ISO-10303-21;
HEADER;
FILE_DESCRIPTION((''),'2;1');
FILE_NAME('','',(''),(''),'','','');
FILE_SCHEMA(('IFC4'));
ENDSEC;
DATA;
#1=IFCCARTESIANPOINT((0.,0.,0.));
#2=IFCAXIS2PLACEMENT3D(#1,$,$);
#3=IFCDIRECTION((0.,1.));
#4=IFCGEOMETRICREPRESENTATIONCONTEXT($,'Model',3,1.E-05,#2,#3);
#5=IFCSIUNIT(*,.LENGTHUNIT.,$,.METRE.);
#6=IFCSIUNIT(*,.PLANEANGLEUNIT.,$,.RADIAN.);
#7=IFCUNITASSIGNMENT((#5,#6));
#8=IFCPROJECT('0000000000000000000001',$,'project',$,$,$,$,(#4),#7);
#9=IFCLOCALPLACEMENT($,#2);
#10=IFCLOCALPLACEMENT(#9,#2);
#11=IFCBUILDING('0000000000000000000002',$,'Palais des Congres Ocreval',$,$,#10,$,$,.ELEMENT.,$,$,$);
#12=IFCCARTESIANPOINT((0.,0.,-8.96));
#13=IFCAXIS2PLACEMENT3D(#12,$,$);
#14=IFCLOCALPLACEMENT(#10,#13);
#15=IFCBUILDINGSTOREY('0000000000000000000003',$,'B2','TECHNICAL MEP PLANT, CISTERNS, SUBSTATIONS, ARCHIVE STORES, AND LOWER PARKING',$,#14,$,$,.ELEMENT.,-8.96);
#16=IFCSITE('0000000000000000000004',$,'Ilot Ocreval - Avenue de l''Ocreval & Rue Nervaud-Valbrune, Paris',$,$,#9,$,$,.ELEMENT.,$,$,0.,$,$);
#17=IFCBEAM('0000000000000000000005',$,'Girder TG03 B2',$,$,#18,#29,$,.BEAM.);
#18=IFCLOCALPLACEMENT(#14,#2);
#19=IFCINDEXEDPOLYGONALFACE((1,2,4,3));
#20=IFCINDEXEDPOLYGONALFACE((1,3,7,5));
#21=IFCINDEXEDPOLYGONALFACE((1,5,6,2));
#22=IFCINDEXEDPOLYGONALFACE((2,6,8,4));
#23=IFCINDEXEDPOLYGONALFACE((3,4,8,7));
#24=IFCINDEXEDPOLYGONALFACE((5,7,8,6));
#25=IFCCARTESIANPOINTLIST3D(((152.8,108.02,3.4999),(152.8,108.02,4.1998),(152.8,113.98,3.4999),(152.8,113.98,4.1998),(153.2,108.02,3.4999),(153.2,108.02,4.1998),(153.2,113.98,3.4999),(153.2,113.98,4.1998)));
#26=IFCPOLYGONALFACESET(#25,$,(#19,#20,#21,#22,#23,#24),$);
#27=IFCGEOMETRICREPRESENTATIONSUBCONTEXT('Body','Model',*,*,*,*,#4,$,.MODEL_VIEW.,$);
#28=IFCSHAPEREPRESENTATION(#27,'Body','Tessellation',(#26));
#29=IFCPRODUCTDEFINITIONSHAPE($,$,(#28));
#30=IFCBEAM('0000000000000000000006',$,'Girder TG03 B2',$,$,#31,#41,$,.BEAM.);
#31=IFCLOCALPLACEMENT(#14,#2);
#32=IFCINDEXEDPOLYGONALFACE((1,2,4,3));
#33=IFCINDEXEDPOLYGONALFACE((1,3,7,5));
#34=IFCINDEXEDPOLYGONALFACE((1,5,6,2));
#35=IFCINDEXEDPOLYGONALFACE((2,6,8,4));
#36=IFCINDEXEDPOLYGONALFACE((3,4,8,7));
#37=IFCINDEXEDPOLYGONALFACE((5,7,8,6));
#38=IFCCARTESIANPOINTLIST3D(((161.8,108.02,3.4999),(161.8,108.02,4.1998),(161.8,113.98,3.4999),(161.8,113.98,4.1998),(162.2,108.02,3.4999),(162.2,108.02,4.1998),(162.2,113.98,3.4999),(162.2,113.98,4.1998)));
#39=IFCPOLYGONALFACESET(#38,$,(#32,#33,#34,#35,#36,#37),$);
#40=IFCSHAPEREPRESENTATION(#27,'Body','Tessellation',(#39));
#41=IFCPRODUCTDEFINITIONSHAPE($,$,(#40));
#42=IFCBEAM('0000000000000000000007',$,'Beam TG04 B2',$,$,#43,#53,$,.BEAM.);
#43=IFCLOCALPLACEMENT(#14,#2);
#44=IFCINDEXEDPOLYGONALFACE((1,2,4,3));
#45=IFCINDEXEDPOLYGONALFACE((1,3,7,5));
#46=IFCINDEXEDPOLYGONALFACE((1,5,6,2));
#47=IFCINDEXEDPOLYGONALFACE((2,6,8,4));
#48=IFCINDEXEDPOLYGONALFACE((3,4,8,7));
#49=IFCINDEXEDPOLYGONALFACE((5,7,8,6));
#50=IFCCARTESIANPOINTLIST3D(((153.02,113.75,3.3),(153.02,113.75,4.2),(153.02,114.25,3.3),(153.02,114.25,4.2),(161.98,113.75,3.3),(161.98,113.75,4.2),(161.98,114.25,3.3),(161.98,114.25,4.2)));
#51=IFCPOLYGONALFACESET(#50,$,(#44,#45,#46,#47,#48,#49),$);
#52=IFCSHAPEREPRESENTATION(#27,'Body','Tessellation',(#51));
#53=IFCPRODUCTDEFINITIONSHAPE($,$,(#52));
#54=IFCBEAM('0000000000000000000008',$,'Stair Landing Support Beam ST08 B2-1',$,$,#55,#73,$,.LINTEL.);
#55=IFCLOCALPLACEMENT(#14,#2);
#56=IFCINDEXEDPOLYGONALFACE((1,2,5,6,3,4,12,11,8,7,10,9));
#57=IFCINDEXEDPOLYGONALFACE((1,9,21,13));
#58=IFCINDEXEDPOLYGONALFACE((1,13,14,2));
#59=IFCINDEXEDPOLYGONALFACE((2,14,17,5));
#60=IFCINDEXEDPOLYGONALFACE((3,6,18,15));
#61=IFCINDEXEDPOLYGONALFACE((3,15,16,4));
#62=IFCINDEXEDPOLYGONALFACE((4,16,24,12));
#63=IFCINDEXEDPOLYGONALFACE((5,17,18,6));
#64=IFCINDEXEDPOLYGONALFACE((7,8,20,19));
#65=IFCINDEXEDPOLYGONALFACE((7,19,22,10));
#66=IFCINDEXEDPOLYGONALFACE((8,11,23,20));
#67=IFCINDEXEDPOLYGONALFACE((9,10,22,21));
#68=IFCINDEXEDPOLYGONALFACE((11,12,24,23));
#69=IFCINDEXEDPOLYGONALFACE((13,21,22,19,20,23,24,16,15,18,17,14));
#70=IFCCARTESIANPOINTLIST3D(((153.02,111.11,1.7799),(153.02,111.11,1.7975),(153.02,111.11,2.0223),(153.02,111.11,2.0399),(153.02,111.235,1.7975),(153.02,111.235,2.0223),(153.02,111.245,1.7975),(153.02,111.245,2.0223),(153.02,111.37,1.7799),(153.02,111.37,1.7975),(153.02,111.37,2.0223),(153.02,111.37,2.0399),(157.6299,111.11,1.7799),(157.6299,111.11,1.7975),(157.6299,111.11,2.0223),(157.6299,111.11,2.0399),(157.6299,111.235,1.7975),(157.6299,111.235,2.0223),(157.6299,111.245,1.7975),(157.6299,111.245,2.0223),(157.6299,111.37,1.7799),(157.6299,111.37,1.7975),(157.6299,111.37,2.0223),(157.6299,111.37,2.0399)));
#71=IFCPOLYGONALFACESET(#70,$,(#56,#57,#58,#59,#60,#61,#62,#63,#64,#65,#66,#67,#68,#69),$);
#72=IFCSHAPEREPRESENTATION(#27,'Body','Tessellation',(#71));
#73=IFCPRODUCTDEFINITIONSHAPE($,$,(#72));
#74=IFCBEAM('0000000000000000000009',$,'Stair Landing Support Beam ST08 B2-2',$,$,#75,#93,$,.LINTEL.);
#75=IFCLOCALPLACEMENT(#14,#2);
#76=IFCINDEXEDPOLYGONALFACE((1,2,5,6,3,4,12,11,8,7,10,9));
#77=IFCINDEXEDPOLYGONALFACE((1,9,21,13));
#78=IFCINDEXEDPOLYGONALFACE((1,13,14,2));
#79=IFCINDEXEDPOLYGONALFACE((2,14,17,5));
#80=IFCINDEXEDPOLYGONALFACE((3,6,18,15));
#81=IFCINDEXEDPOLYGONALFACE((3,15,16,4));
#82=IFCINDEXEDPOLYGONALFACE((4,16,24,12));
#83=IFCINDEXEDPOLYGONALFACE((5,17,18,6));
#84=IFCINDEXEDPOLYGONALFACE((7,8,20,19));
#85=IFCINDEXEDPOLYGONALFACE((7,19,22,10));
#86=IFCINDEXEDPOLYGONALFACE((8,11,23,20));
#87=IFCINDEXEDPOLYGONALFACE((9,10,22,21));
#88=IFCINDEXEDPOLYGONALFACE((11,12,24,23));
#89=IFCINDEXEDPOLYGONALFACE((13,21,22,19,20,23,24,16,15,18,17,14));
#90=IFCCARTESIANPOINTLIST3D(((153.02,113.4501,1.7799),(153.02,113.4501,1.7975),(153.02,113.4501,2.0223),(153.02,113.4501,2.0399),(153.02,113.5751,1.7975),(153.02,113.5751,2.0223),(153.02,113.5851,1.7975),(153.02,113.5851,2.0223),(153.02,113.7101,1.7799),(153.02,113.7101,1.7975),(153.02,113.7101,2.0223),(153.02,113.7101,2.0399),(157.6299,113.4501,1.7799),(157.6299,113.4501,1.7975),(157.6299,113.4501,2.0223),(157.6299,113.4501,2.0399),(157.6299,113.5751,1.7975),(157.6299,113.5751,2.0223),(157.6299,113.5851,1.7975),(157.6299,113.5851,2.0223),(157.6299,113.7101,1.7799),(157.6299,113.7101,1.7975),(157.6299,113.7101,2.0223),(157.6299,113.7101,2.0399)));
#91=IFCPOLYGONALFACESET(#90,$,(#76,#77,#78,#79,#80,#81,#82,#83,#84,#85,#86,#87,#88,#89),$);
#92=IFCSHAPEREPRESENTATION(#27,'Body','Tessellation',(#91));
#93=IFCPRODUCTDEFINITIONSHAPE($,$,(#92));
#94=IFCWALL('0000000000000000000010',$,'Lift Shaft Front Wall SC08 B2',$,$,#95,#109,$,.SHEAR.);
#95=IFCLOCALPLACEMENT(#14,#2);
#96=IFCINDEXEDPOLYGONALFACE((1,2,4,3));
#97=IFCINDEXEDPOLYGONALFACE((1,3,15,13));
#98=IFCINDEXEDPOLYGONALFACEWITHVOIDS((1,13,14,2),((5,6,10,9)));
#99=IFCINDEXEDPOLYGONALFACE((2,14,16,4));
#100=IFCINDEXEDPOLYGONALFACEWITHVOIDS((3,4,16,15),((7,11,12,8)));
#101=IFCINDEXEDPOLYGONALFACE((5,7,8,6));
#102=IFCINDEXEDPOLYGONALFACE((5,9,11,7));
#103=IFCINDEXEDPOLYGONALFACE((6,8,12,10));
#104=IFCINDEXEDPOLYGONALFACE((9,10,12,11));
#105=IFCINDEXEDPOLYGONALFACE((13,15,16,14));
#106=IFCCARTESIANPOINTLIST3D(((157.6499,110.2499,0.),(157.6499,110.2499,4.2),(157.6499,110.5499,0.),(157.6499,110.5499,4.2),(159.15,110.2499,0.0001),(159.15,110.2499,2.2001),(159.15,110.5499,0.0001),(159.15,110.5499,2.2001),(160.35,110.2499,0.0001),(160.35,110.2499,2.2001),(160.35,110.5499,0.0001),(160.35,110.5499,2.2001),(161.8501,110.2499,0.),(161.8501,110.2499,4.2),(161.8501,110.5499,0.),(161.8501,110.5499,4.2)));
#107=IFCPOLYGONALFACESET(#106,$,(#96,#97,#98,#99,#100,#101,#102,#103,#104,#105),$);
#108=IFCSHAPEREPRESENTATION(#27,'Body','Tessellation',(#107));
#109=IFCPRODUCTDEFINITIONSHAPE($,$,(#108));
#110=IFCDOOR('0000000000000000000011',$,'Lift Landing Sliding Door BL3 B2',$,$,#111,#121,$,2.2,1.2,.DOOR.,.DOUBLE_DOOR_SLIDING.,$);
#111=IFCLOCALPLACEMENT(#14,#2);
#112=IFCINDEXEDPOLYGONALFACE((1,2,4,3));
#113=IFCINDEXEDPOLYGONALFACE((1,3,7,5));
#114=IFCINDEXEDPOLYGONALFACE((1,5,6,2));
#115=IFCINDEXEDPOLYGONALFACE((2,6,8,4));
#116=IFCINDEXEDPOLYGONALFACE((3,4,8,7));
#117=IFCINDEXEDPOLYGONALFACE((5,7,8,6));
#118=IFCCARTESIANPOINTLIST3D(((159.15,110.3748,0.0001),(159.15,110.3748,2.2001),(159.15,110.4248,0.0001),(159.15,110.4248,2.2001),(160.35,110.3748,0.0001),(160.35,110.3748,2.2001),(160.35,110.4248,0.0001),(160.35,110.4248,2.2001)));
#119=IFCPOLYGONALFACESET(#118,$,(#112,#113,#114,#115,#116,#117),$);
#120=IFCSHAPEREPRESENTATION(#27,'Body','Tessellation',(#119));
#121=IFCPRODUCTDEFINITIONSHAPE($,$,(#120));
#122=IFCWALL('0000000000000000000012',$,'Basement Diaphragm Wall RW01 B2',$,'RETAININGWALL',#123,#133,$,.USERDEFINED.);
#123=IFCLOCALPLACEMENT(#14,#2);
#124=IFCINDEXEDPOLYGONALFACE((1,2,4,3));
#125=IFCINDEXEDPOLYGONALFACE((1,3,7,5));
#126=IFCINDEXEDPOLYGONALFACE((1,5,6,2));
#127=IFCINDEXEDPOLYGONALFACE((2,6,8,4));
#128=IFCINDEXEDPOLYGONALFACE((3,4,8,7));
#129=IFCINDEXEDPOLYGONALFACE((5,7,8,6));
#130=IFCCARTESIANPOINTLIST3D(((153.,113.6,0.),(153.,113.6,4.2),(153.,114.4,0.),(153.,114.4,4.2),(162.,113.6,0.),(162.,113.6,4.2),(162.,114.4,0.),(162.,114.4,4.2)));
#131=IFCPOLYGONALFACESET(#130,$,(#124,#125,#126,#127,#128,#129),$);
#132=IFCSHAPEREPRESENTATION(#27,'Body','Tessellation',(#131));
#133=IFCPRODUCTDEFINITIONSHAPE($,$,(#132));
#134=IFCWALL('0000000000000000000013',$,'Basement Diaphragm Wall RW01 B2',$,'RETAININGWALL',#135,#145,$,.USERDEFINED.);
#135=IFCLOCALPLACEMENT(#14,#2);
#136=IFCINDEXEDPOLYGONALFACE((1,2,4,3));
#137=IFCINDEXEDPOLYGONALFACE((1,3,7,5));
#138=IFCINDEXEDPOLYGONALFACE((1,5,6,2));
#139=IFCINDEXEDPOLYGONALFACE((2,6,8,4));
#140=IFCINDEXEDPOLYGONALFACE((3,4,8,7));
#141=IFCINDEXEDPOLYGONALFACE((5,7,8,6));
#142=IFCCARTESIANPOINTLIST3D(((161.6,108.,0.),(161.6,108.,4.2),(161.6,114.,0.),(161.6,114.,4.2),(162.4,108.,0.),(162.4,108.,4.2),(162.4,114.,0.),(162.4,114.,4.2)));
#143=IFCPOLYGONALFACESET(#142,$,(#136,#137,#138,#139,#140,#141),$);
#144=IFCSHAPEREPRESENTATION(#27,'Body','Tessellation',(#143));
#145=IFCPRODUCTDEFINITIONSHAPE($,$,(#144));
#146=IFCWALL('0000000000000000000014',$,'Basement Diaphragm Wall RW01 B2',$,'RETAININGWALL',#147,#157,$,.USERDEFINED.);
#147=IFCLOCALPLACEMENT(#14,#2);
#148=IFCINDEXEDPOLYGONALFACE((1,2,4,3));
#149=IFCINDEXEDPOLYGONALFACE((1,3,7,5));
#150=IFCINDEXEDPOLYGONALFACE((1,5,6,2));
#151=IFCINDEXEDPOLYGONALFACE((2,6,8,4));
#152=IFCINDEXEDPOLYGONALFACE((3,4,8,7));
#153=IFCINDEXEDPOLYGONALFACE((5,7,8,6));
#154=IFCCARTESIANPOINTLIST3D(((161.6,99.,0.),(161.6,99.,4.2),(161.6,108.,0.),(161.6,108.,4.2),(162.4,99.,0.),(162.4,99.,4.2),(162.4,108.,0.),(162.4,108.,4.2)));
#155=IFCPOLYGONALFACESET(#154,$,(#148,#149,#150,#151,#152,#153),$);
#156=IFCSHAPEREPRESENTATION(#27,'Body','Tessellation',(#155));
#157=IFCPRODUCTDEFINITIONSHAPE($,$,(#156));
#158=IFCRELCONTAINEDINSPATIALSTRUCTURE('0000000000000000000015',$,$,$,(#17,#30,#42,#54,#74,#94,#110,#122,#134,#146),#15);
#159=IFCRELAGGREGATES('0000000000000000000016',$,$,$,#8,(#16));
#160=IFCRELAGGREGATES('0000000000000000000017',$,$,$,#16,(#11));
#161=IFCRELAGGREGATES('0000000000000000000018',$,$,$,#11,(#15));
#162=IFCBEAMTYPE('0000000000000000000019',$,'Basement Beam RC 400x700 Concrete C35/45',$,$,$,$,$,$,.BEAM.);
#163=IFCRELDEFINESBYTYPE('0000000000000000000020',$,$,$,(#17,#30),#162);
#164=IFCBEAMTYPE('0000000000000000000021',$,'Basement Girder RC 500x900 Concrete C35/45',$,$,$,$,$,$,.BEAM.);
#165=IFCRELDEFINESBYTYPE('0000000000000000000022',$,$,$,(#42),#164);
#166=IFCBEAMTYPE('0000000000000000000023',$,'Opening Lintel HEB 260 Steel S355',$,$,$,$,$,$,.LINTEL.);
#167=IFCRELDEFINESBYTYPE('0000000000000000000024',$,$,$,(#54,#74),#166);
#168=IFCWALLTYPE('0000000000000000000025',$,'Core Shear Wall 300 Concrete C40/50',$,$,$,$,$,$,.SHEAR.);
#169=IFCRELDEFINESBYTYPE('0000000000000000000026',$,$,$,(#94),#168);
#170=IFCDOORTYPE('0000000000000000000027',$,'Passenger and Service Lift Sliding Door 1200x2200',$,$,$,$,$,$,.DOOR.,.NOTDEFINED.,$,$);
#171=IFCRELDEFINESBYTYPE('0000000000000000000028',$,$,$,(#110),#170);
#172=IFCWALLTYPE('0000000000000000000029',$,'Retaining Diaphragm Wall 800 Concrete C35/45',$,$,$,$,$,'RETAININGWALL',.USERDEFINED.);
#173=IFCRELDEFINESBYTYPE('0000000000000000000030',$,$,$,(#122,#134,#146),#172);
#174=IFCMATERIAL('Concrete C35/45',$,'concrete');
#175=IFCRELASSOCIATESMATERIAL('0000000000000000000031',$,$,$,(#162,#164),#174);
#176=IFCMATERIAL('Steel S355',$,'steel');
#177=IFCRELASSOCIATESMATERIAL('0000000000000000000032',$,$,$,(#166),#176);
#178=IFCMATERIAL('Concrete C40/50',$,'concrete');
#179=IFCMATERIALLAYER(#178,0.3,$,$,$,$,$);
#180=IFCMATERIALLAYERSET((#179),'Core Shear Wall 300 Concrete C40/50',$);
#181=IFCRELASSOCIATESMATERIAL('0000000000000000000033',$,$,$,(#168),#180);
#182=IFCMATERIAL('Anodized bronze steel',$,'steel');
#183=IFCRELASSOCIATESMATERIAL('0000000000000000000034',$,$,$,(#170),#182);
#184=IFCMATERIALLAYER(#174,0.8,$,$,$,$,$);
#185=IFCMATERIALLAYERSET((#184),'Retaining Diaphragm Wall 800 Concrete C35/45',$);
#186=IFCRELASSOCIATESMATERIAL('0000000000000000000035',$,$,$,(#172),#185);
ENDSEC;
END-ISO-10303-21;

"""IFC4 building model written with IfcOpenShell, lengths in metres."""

from ifc_helpers import new_model, si_unit, direction, frame, frame_2d, origin, origin_2d, place, context, subcontext, project, spatial, rectangle, i_section, extrude, material, layer, layer_set, material_profile, profile_set, type_object, element, fill, save


model = new_model("IFC4")

# Units and contexts
model_context = context("Model", 3, precision=1e-05, world=origin(), true_north=direction((0.0, 1.0)))
body_context = subcontext(model_context, "Body", "Model", "MODEL_VIEW")
ifc_project = project(units=[si_unit("LENGTHUNIT", "METRE"), si_unit("PLANEANGLEUNIT", "RADIAN")], contexts=[model_context])

# Site, building, storey
site_placement = place(None, origin())
site = spatial("IfcSite", under=ifc_project, at=site_placement, Name="Ilot Ocreval - Avenue de l'Ocreval & Rue Nervaud-Valbrune, Paris", CompositionType="ELEMENT", RefElevation=0.0)
building_placement = place(site_placement, origin())
building = spatial("IfcBuilding", under=site, at=building_placement, Name="Palais des Congres Ocreval", CompositionType="ELEMENT")
storey_placement = place(building_placement, frame((0.0, 0.0, -8.96)))
storey = spatial("IfcBuildingStorey", under=building, at=storey_placement, Name="B2", Description="TECHNICAL MEP PLANT, CISTERNS, SUBSTATIONS, ARCHIVE STORES, AND LOWER PARKING", CompositionType="ELEMENT", Elevation=-8.96)

# Shared definitions
ifc_material_1 = material(Name="Concrete C35/45", Category="concrete")

# Shared definitions
ifc_material_2 = material(Name="Steel S355", Category="steel")

# Beams
ifc_material_profile_1 = material_profile(ifc_material_1, rectangle(XDim=0.3999, YDim=0.7, at=origin_2d()), Name="RC 400x700")
ifc_profile_set_1 = profile_set([ifc_material_profile_1], Name="Concrete C35/45")
beam_type_1 = type_object("IfcBeamType", Name="Basement Beam RC 400x700 Concrete C35/45", PredefinedType="BEAM", material=ifc_profile_set_1)
for number, where, z_axis, x_axis, name in (
    (1, (153.0, 108.02, 3.8499), (0.0, 1.0, 0.0), (-1.0, 0.0, 0.0), "Girder TG03 B2"),
    (2, (162.0, 108.02, 3.8499), (0.0, 1.0, 0.0), (-1.0, 0.0, 0.0), "Girder TG03 B2"),
):
    element("IfcBeam", number, at=place(storey_placement, frame(where, z_axis=z_axis, x_axis=x_axis)), inside=storey, type_object=beam_type_1, Name=name, PredefinedType="BEAM", context=body_context, shape_type="SweptSolid", body=[
        extrude(rectangle(XDim=0.3999, YDim=0.7, at=origin_2d()), origin(), (0.0, 0.0, 1.0), 5.96),
    ])
ifc_material_profile_2 = material_profile(ifc_material_1, rectangle(XDim=0.5, YDim=0.8999, at=origin_2d()), Name="RC 500x900")
ifc_profile_set_2 = profile_set([ifc_material_profile_2], Name="Concrete C35/45")
beam_type_2 = type_object("IfcBeamType", Name="Basement Girder RC 500x900 Concrete C35/45", PredefinedType="BEAM", material=ifc_profile_set_2)
beam_placement = place(storey_placement, frame((153.02, 114.0, 3.75), z_axis=(1.0, 0.0, 0.0), x_axis=(0.0, 1.0, 0.0)))
element("IfcBeam", 3, at=beam_placement, inside=storey, type_object=beam_type_2, Name="Beam TG04 B2", PredefinedType="BEAM", context=body_context, shape_type="SweptSolid", body=[
    extrude(rectangle(XDim=0.5, YDim=0.8999, at=origin_2d()), origin(), (0.0, 0.0, 1.0), 8.96),
])
ifc_material_profile_3 = material_profile(ifc_material_2, i_section(OverallWidth=0.26, OverallDepth=0.26, WebThickness=0.01, FlangeThickness=0.0176, at=origin_2d()), Name="HEB 260")
ifc_profile_set_3 = profile_set([ifc_material_profile_3], Name="Steel S355")
beam_type_3 = type_object("IfcBeamType", Name="Opening Lintel HEB 260 Steel S355", PredefinedType="LINTEL", material=ifc_profile_set_3)
for number, where, z_axis, x_axis, name in (
    (4, (153.02, 111.24, 1.9099), (1.0, 0.0, 0.0), (0.0, 1.0, 0.0), "Stair Landing Support Beam ST08 B2-1"),
    (5, (153.02, 113.5801, 1.9099), (1.0, 0.0, 0.0), (0.0, 1.0, 0.0), "Stair Landing Support Beam ST08 B2-2"),
):
    element("IfcBeam", number, at=place(storey_placement, frame(where, z_axis=z_axis, x_axis=x_axis)), inside=storey, type_object=beam_type_3, Name=name, PredefinedType="LINTEL", context=body_context, shape_type="SweptSolid", body=[
        extrude(i_section(OverallWidth=0.26, OverallDepth=0.26, WebThickness=0.01, FlangeThickness=0.0176, at=origin_2d()), origin(), (0.0, 0.0, 1.0), 4.6099),
    ])

# Wall, opening, door
ifc_material_3 = material(Name="Concrete C40/50", Category="concrete")
ifc_layer_1 = layer(ifc_material_3, 0.3)
ifc_layer_set_1 = layer_set([ifc_layer_1], Name="Core Shear Wall 300 Concrete C40/50")
wall_type_1 = type_object("IfcWallType", Name="Core Shear Wall 300 Concrete C40/50", PredefinedType="SHEAR", material=ifc_layer_set_1)
wall_1_placement = place(storey_placement, frame((157.6499, 110.3999, 0.0), z_axis=(0.0, 0.0, 1.0), x_axis=(1.0, 0.0, 0.0)))
wall_1 = element("IfcWall", 6, at=wall_1_placement, inside=storey, type_object=wall_type_1, Name="Lift Shaft Front Wall SC08 B2", PredefinedType="SHEAR", context=body_context, shape_type="SweptSolid", body=[
    extrude(rectangle(XDim=4.2002, YDim=0.3, at=frame_2d((2.1001, 0.0))), origin(), (0.0, 0.0, 1.0), 4.2),
])
opening_placement = place(wall_1_placement, frame((1.5, 0.0, 0.0)))
opening = element("IfcOpeningElement", 7, at=opening_placement, cuts=wall_1, PredefinedType="OPENING", context=body_context, shape_type="SweptSolid", body=[
    extrude(rectangle(XDim=1.2, YDim=2.2, at=frame_2d((0.6001, 1.1001))), frame((0.0, 0.1599, 0.0), z_axis=(0.0, -1.0, 0.0), x_axis=(1.0, 0.0, 0.0)), (0.0, 0.0, 1.0), 0.3201),
])
ifc_material_4 = material(Name="Anodized bronze steel", Category="steel")
door_type = type_object("IfcDoorType", Name="Passenger and Service Lift Sliding Door 1200x2200", OperationType="NOTDEFINED", PredefinedType="DOOR", material=ifc_material_4)
door_placement = place(opening_placement, origin())
door = element("IfcDoor", 8, at=door_placement, inside=storey, type_object=door_type, Name="Lift Landing Sliding Door BL3 B2", OperationType="DOUBLE_DOOR_SLIDING", OverallHeight=2.2, OverallWidth=1.2, PredefinedType="DOOR", context=body_context, shape_type="SweptSolid", body=[
    extrude(rectangle(XDim=1.2, YDim=2.2, at=frame_2d((0.6001, 1.1001))), frame((0.0, 0.0249, 0.0), z_axis=(0.0, -1.0, 0.0), x_axis=(1.0, 0.0, 0.0)), (0.0, 0.0, 1.0), 0.05),
])
fill(opening, door)

# Walls
ifc_layer_2 = layer(ifc_material_1, 0.8)
ifc_layer_set_2 = layer_set([ifc_layer_2], Name="Retaining Diaphragm Wall 800 Concrete C35/45")
wall_type_2 = type_object("IfcWallType", Name="Retaining Diaphragm Wall 800 Concrete C35/45", ElementType="RETAININGWALL", PredefinedType="USERDEFINED", material=ifc_layer_set_2)
wall_2_placement = place(storey_placement, frame((153.0, 114.0, 0.0), z_axis=(0.0, 0.0, 1.0), x_axis=(1.0, 0.0, 0.0)))
element("IfcWall", 9, at=wall_2_placement, inside=storey, type_object=wall_type_2, Name="Basement Diaphragm Wall RW01 B2", ObjectType="RETAININGWALL", PredefinedType="USERDEFINED", context=body_context, shape_type="SweptSolid", body=[
    extrude(rectangle(XDim=9.0, YDim=0.8, at=frame_2d((4.5, 0.0))), origin(), (0.0, 0.0, 1.0), 4.2),
])
wall_3_placement = place(storey_placement, frame((162.0, 114.0, 0.0), z_axis=(0.0, 0.0, 1.0), x_axis=(0.0, -1.0, 0.0)))
element("IfcWall", 10, at=wall_3_placement, inside=storey, type_object=wall_type_2, Name="Basement Diaphragm Wall RW01 B2", ObjectType="RETAININGWALL", PredefinedType="USERDEFINED", context=body_context, shape_type="SweptSolid", body=[
    extrude(rectangle(XDim=6.0, YDim=0.8, at=frame_2d((3.0, 0.0))), origin(), (0.0, 0.0, 1.0), 4.2),
])
wall_4_placement = place(storey_placement, frame((162.0, 108.0, 0.0), z_axis=(0.0, 0.0, 1.0), x_axis=(0.0, -1.0, 0.0)))
element("IfcWall", 11, at=wall_4_placement, inside=storey, type_object=wall_type_2, Name="Basement Diaphragm Wall RW01 B2", ObjectType="RETAININGWALL", PredefinedType="USERDEFINED", context=body_context, shape_type="SweptSolid", body=[
    extrude(rectangle(XDim=9.0, YDim=0.8, at=frame_2d((4.5, 0.0))), origin(), (0.0, 0.0, 1.0), 4.2),
])

save(model, "model.ifc")
